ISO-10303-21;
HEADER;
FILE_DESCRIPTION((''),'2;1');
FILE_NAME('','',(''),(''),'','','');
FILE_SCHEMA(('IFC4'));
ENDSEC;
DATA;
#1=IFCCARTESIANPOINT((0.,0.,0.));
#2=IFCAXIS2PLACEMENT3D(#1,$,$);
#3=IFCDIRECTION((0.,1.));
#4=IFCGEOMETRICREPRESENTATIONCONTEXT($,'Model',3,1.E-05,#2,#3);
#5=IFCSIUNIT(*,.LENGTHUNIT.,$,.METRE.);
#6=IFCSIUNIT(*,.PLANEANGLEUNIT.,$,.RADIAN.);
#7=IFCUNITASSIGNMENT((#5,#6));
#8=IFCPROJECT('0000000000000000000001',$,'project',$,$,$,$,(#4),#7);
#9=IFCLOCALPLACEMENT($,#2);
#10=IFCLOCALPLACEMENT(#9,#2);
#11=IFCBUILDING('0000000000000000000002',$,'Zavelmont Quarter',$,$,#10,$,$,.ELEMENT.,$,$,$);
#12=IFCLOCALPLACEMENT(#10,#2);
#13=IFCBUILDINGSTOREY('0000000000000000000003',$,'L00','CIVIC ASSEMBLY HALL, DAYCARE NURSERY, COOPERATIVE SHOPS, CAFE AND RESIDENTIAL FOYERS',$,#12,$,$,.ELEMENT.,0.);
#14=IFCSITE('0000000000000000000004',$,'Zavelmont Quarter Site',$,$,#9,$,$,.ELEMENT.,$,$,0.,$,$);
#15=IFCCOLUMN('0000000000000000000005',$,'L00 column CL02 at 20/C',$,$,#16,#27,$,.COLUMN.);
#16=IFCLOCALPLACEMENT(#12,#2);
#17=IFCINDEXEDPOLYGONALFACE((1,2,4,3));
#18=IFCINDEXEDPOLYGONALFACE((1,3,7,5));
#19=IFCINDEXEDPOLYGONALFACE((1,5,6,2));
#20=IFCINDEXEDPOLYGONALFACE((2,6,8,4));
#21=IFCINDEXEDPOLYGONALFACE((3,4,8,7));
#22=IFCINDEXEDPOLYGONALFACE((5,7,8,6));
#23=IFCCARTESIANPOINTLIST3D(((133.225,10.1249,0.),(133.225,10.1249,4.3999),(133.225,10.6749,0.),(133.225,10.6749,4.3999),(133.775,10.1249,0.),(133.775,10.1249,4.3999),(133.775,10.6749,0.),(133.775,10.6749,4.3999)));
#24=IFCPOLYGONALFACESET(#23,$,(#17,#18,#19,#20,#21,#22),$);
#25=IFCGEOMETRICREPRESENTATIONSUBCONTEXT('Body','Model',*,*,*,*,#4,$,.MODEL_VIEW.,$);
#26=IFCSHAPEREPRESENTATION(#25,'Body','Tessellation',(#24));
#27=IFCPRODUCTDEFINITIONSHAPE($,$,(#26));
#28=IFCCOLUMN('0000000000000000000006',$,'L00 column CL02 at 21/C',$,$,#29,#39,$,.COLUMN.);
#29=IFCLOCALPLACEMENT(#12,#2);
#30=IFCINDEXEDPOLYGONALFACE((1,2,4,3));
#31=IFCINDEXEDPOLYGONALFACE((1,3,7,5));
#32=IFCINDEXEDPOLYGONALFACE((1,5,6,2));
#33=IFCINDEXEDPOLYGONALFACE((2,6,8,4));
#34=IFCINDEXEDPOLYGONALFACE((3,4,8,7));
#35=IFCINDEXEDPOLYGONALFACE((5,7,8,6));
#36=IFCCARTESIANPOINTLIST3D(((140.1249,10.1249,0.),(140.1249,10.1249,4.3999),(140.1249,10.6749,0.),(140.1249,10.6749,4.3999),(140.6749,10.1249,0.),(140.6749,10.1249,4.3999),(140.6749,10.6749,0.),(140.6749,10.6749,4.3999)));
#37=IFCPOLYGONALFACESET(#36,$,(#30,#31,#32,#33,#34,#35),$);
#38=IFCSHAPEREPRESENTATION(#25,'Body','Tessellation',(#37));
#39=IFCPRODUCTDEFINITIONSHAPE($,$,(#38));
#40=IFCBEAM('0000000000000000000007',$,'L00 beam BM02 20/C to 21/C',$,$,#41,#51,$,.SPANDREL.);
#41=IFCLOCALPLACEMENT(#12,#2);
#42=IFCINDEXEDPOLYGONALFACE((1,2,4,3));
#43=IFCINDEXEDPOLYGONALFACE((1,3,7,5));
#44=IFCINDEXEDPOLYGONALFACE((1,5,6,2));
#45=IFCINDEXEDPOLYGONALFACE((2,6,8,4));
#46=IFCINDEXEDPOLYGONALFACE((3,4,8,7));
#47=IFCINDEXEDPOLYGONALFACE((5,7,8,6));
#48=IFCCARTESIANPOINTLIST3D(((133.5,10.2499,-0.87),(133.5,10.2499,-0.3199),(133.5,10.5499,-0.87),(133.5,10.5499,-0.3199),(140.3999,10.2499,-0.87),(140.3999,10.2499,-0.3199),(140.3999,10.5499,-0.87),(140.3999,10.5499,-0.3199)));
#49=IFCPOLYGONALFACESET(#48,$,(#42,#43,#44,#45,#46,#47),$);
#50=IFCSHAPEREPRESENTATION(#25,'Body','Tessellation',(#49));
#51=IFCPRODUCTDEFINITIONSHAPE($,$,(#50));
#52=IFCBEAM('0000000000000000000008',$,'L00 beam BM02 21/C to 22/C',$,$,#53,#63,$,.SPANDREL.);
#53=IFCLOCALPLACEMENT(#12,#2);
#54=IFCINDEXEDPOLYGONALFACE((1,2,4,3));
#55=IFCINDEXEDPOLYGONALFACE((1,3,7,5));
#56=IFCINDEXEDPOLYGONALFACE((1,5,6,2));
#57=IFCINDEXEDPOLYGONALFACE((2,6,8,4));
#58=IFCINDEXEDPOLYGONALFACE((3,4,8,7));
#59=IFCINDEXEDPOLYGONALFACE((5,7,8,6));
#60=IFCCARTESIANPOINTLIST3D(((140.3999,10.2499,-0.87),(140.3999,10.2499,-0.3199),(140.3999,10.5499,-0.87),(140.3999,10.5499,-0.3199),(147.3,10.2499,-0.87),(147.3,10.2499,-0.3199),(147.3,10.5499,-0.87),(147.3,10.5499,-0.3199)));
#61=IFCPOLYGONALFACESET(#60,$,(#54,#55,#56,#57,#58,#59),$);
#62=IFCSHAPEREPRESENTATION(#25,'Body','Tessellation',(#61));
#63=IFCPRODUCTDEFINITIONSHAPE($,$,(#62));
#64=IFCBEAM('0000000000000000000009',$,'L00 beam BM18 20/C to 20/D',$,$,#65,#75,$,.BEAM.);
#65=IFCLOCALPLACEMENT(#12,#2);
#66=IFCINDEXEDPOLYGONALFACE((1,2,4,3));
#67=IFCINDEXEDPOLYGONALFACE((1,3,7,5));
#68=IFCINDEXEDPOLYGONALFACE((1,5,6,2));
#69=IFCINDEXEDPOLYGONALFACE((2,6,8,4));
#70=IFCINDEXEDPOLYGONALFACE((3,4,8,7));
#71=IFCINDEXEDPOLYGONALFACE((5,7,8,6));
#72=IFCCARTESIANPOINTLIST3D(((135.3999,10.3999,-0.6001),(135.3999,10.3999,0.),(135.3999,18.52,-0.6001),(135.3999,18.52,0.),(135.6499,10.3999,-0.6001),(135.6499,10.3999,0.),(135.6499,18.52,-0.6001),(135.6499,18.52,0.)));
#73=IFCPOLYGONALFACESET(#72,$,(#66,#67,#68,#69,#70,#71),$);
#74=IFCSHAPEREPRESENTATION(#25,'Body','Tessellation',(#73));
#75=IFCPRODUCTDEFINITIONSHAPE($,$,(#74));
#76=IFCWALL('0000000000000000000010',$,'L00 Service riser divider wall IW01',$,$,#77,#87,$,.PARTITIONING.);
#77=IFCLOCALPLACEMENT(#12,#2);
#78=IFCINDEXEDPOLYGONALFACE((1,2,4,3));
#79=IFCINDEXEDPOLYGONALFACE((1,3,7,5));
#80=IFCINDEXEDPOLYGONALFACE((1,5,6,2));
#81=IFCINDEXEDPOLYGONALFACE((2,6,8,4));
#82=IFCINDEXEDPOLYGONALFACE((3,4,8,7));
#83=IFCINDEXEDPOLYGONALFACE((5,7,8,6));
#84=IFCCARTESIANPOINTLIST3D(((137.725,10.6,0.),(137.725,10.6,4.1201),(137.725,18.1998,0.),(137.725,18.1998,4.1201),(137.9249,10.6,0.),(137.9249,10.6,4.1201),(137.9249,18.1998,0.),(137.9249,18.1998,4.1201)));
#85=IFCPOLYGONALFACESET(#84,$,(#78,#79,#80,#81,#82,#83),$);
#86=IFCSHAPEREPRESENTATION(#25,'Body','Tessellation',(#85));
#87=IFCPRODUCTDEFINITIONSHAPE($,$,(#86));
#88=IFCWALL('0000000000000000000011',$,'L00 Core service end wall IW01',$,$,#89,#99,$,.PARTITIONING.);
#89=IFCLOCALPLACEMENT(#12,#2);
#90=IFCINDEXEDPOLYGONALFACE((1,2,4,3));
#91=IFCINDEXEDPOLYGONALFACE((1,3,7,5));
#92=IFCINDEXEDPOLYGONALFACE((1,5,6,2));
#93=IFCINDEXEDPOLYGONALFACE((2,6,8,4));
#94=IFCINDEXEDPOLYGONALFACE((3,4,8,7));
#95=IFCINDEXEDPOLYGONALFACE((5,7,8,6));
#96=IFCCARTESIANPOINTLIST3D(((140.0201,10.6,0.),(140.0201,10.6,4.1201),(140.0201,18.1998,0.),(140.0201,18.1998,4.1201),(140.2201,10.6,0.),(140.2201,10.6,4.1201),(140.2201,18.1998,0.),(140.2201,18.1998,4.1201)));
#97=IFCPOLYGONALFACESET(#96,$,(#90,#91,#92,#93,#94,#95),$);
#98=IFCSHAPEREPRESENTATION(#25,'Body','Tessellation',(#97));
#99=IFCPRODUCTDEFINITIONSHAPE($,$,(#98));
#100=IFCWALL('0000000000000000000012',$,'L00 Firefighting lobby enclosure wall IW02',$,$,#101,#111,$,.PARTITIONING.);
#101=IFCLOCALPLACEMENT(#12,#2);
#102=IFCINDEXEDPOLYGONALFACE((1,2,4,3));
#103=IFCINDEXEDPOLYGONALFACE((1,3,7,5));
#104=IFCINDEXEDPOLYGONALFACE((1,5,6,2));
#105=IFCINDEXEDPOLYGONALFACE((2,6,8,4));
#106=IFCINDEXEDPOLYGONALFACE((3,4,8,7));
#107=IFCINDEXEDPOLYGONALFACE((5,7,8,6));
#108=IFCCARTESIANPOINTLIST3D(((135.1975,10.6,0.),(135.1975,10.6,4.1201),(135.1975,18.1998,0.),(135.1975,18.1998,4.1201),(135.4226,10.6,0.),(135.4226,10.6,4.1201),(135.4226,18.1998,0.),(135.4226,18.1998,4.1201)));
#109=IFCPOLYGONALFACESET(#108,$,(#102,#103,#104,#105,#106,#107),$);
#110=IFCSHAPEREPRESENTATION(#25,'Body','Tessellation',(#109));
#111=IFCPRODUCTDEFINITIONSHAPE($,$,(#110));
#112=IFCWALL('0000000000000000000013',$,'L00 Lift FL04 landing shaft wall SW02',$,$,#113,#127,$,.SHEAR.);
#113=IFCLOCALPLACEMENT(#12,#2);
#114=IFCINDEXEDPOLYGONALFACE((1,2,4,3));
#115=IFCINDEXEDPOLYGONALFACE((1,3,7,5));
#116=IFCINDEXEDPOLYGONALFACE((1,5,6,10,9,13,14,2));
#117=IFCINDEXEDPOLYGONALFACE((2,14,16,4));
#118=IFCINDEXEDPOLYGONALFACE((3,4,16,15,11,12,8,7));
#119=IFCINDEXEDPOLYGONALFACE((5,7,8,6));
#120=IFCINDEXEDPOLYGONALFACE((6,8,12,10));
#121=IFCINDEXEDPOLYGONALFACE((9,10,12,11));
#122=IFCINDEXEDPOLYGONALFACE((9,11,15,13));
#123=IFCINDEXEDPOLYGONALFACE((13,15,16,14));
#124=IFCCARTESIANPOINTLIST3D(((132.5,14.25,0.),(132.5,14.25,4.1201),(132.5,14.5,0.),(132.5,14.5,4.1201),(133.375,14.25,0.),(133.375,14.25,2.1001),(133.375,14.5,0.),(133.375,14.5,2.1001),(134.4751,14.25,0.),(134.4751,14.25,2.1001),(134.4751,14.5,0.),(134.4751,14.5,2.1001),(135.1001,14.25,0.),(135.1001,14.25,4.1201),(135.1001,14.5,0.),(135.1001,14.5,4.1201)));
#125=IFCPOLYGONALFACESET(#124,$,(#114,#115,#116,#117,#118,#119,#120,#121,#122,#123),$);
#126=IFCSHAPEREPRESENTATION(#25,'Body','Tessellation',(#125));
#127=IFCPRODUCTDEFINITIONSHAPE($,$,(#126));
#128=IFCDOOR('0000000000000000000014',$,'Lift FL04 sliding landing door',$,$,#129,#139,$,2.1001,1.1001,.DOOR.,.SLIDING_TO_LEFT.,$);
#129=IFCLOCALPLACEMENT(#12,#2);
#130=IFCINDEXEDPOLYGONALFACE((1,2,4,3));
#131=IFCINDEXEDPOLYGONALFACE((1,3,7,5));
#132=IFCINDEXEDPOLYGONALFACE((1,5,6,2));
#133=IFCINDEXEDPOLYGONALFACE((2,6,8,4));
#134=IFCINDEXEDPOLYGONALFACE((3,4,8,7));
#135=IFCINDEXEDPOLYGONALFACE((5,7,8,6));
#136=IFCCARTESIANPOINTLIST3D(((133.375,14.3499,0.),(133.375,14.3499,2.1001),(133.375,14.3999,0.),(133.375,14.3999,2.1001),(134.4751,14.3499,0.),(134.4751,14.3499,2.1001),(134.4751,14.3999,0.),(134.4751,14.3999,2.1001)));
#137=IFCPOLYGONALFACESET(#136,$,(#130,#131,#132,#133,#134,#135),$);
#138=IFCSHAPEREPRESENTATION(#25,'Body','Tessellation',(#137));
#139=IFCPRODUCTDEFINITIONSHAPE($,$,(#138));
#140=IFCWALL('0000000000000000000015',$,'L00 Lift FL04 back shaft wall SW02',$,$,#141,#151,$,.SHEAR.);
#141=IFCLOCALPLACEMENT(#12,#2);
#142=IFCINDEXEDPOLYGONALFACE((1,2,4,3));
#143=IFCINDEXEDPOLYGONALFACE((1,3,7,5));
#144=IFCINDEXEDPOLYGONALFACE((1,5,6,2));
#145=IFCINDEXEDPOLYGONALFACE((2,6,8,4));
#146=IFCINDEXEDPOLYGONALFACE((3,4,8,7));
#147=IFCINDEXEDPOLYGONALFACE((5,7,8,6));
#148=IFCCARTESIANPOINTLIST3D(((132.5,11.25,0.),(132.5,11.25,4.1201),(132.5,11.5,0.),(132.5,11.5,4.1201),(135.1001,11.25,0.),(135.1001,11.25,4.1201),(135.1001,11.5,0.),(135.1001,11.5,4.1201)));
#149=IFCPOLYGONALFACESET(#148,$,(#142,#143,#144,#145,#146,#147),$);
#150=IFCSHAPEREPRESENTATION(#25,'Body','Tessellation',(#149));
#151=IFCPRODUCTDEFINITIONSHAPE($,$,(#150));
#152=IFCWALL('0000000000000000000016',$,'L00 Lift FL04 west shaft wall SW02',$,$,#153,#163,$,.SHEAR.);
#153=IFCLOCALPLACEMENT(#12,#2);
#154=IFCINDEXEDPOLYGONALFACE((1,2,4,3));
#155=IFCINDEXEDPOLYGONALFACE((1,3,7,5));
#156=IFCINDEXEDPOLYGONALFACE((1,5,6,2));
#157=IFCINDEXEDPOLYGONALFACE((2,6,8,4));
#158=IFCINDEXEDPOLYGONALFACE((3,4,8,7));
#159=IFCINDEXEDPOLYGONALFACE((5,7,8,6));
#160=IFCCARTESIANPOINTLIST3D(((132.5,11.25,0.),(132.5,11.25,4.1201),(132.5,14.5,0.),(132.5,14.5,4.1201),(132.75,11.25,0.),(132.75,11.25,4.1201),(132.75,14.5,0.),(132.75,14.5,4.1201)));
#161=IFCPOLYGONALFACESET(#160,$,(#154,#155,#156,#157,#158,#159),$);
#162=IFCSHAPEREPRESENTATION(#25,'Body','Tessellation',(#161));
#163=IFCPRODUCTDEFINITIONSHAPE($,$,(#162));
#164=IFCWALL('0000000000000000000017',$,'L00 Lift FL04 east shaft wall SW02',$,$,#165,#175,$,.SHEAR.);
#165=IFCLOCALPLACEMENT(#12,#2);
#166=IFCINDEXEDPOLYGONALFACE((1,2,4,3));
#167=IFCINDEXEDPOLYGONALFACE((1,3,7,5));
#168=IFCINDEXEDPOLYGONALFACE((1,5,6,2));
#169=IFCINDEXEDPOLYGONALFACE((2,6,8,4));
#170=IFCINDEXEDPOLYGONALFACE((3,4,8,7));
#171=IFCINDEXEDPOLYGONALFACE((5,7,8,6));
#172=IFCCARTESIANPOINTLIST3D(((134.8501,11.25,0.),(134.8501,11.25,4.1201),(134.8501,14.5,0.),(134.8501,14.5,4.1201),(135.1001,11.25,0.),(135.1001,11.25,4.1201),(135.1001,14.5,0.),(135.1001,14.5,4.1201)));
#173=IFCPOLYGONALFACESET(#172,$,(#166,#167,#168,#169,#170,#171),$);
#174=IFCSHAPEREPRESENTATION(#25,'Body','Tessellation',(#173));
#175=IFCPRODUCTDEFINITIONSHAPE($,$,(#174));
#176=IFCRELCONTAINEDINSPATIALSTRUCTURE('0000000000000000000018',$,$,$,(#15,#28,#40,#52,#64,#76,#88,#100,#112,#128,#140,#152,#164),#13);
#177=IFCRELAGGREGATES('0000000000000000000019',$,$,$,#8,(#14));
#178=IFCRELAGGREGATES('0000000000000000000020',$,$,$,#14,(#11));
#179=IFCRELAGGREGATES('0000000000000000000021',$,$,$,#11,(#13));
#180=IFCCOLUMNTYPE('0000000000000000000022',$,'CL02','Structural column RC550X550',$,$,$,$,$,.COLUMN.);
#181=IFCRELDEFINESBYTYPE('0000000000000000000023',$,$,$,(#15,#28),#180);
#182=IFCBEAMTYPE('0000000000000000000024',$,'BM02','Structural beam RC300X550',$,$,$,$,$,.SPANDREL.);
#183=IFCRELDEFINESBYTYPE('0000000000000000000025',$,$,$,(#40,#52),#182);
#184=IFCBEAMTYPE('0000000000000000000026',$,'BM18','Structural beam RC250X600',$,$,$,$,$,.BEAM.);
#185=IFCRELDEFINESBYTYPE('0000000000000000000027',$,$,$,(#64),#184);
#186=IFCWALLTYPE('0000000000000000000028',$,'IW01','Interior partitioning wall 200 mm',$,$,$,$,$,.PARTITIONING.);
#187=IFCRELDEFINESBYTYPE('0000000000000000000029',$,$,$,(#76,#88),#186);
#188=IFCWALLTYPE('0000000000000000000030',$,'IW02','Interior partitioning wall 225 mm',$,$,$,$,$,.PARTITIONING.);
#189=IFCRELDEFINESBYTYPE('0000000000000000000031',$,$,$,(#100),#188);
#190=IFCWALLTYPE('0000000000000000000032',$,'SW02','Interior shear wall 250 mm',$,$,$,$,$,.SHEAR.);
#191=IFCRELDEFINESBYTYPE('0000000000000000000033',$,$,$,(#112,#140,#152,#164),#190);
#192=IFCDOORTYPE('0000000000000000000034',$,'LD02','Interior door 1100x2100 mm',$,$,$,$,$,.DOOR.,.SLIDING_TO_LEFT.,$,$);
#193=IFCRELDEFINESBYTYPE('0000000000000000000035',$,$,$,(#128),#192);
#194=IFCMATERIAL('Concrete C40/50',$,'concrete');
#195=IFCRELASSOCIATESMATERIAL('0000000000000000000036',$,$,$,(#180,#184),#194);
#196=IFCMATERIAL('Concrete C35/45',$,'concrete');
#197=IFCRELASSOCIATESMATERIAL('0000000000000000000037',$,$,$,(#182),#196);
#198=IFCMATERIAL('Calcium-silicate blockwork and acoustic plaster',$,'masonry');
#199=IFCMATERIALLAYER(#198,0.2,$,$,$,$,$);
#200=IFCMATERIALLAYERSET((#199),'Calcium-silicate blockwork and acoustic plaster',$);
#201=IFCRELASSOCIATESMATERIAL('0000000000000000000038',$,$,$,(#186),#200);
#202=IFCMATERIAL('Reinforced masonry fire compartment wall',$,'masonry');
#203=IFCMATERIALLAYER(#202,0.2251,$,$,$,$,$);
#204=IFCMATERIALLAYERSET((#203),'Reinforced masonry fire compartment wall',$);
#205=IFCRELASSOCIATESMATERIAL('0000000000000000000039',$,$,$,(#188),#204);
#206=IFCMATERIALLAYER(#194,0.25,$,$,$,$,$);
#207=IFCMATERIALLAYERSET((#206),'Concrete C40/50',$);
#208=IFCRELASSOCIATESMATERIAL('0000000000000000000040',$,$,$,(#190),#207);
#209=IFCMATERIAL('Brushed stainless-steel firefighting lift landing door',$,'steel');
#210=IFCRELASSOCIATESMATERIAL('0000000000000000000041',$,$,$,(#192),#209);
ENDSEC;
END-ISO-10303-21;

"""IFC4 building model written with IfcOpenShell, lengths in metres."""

from ifc_helpers import new_model, si_unit, direction, frame, frame_2d, origin, origin_with_axes, origin_2d, place, context, subcontext, project, spatial, rectangle, extrude, material, layer, layer_set, material_profile, profile_set, type_object, element, fill, save


model = new_model("IFC4")

# Units and contexts
model_context = context("Model", 3, precision=1e-05, world=origin(), true_north=direction((0.0, 1.0)))
body_context = subcontext(model_context, "Body", "Model", "MODEL_VIEW")
ifc_project = project(units=[si_unit("LENGTHUNIT", "METRE"), si_unit("PLANEANGLEUNIT", "RADIAN")], contexts=[model_context])

# Site, building, storey
site_placement = place(None, origin())
site = spatial("IfcSite", under=ifc_project, at=site_placement, Name="Zavelmont Quarter Site", CompositionType="ELEMENT", RefElevation=0.0)
building_placement = place(site_placement, origin())
building = spatial("IfcBuilding", under=site, at=building_placement, Name="Zavelmont Quarter", CompositionType="ELEMENT")
storey_placement = place(building_placement, origin())
storey = spatial("IfcBuildingStorey", under=building, at=storey_placement, Name="L00", Description="CIVIC ASSEMBLY HALL, DAYCARE NURSERY, COOPERATIVE SHOPS, CAFE AND RESIDENTIAL FOYERS", CompositionType="ELEMENT", Elevation=0.0)

# Columns
ifc_material_1 = material(Name="Concrete C40/50", Category="concrete")
ifc_material_profile_1 = material_profile(ifc_material_1, rectangle(XDim=0.55, YDim=0.55, at=origin_2d()), Name="RC550X550")
ifc_profile_set_1 = profile_set([ifc_material_profile_1], Name="Concrete C40/50")
column_type = type_object("IfcColumnType", Name="CL02", Description="Structural column RC550X550", PredefinedType="COLUMN", material=ifc_profile_set_1)
for number, where, z_axis, x_axis, name in (
    (1, (133.5, 10.3999, 0.0), (0.0, 0.0, 1.0), (1.0, 0.0, 0.0), "L00 column CL02 at 20/C"),
    (2, (140.3999, 10.3999, 0.0), (0.0, 0.0, 1.0), (1.0, 0.0, 0.0), "L00 column CL02 at 21/C"),
):
    element("IfcColumn", number, at=place(storey_placement, frame(where, z_axis=z_axis, x_axis=x_axis)), inside=storey, type_object=column_type, Name=name, PredefinedType="COLUMN", context=body_context, shape_type="SweptSolid", body=[
        extrude(rectangle(XDim=0.55, YDim=0.55, at=origin_2d()), origin(), (0.0, 0.0, 1.0), 4.3999),
    ])

# Beams
ifc_material_2 = material(Name="Concrete C35/45", Category="concrete")
ifc_material_profile_2 = material_profile(ifc_material_2, rectangle(XDim=0.3, YDim=0.55, at=origin_2d()), Name="RC300X550")
ifc_profile_set_2 = profile_set([ifc_material_profile_2], Name="Concrete C35/45")
beam_type_1 = type_object("IfcBeamType", Name="BM02", Description="Structural beam RC300X550", PredefinedType="SPANDREL", material=ifc_profile_set_2)
beam_1_placement = place(storey_placement, frame((133.5, 10.3999, -0.595), z_axis=(1.0, 0.0, 0.0), x_axis=(0.0, 1.0, 0.0)))
element("IfcBeam", 3, at=beam_1_placement, inside=storey, type_object=beam_type_1, Name="L00 beam BM02 20/C to 21/C", PredefinedType="SPANDREL", context=body_context, shape_type="SweptSolid", body=[
    extrude(rectangle(XDim=0.3, YDim=0.55, at=origin_2d()), origin(), (0.0, 0.0, 1.0), 6.8999),
])
beam_2_placement = place(storey_placement, frame((140.3999, 10.3999, -0.595), z_axis=(1.0, 0.0, 0.0), x_axis=(0.0, 1.0, 0.0)))
element("IfcBeam", 4, at=beam_2_placement, inside=storey, type_object=beam_type_1, Name="L00 beam BM02 21/C to 22/C", PredefinedType="SPANDREL", context=body_context, shape_type="SweptSolid", body=[
    extrude(rectangle(XDim=0.3, YDim=0.55, at=origin_2d()), origin(), (0.0, 0.0, 1.0), 6.9001),
])
ifc_material_profile_3 = material_profile(ifc_material_1, rectangle(XDim=0.25, YDim=0.6001, at=origin_2d()), Name="RC250X600")
ifc_profile_set_3 = profile_set([ifc_material_profile_3], Name="Concrete C40/50")
beam_type_2 = type_object("IfcBeamType", Name="BM18", Description="Structural beam RC250X600", PredefinedType="BEAM", material=ifc_profile_set_3)
beam_3_placement = place(storey_placement, frame((135.5249, 10.3999, -0.3), z_axis=(0.0, 1.0, 0.0), x_axis=(-1.0, 0.0, 0.0)))
element("IfcBeam", 5, at=beam_3_placement, inside=storey, type_object=beam_type_2, Name="L00 beam BM18 20/C to 20/D", PredefinedType="BEAM", context=body_context, shape_type="SweptSolid", body=[
    extrude(rectangle(XDim=0.25, YDim=0.6001, at=origin_2d()), origin(), (0.0, 0.0, 1.0), 8.1201),
])

# Walls
ifc_material_3 = material(Name="Calcium-silicate blockwork and acoustic plaster", Category="masonry")
ifc_layer_1 = layer(ifc_material_3, 0.2)
ifc_layer_set_1 = layer_set([ifc_layer_1], Name="Calcium-silicate blockwork and acoustic plaster")
wall_type_1 = type_object("IfcWallType", Name="IW01", Description="Interior partitioning wall 200 mm", PredefinedType="PARTITIONING", material=ifc_layer_set_1)
for number, where, z_axis, x_axis, name in (
    (6, (137.825, 10.6001, 0.0), (0.0, 0.0, 1.0), (0.0, 1.0, 0.0), "L00 Service riser divider wall IW01"),
    (7, (140.1201, 10.6001, 0.0), (0.0, 0.0, 1.0), (0.0, 1.0, 0.0), "L00 Core service end wall IW01"),
):
    element("IfcWall", number, at=place(storey_placement, frame(where, z_axis=z_axis, x_axis=x_axis)), inside=storey, type_object=wall_type_1, Name=name, PredefinedType="PARTITIONING", context=body_context, shape_type="SweptSolid", body=[
        extrude(rectangle(XDim=7.5999, YDim=0.2, at=frame_2d((3.7998, 0.0))), origin(), (0.0, 0.0, 1.0), 4.1201),
    ])
ifc_material_4 = material(Name="Reinforced masonry fire compartment wall", Category="masonry")
ifc_layer_2 = layer(ifc_material_4, 0.2251)
ifc_layer_set_2 = layer_set([ifc_layer_2], Name="Reinforced masonry fire compartment wall")
wall_type_2 = type_object("IfcWallType", Name="IW02", Description="Interior partitioning wall 225 mm", PredefinedType="PARTITIONING", material=ifc_layer_set_2)
wall_1_placement = place(storey_placement, frame((135.3101, 10.6001, 0.0), z_axis=(0.0, 0.0, 1.0), x_axis=(0.0, 1.0, 0.0)))
element("IfcWall", 8, at=wall_1_placement, inside=storey, type_object=wall_type_2, Name="L00 Firefighting lobby enclosure wall IW02", PredefinedType="PARTITIONING", context=body_context, shape_type="SweptSolid", body=[
    extrude(rectangle(XDim=7.5999, YDim=0.2251, at=frame_2d((3.7998, 0.0))), origin(), (0.0, 0.0, 1.0), 4.1201),
])

# Wall, opening, door
ifc_layer_3 = layer(ifc_material_1, 0.25)
ifc_layer_set_3 = layer_set([ifc_layer_3], Name="Concrete C40/50")
wall_type_3 = type_object("IfcWallType", Name="SW02", Description="Interior shear wall 250 mm", PredefinedType="SHEAR", material=ifc_layer_set_3)
wall_2_placement = place(storey_placement, frame((132.5, 14.375, 0.0), z_axis=(0.0, 0.0, 1.0), x_axis=(1.0, 0.0, 0.0)))
wall_2 = element("IfcWall", 9, at=wall_2_placement, inside=storey, type_object=wall_type_3, Name="L00 Lift FL04 landing shaft wall SW02", PredefinedType="SHEAR", context=body_context, shape_type="SweptSolid", body=[
    extrude(rectangle(XDim=2.6001, YDim=0.25, at=frame_2d((1.3, 0.0))), origin(), (0.0, 0.0, 1.0), 4.1201),
])
opening_1_placement = place(wall_2_placement, frame((0.875, 0.0, 0.0)))
opening_1 = element("IfcOpeningElement", 10, at=opening_1_placement, cuts=wall_2, PredefinedType="OPENING", context=body_context, shape_type="SweptSolid", body=[
    extrude(rectangle(XDim=1.1001, YDim=2.1001, at=frame_2d((0.55, 1.05))), frame((0.0, 0.137, 0.0), z_axis=(0.0, -1.0, 0.0), x_axis=(1.0, 0.0, 0.0)), (0.0, 0.0, 1.0), 0.2739),
])
ifc_material_5 = material(Name="Brushed stainless-steel firefighting lift landing door", Category="steel")
door_type_1 = type_object("IfcDoorType", Name="LD02", Description="Interior door 1100x2100 mm", OperationType="SLIDING_TO_LEFT", PredefinedType="DOOR", material=ifc_material_5)
door_1_placement = place(opening_1_placement, origin_with_axes())
door_1 = element("IfcDoor", 11, at=door_1_placement, inside=storey, type_object=door_type_1, Name="Lift FL04 sliding landing door", OperationType="SLIDING_TO_LEFT", OverallHeight=2.1001, OverallWidth=1.1001, PredefinedType="DOOR", context=body_context, shape_type="SweptSolid", body=[
    extrude(rectangle(XDim=1.1001, YDim=2.1001, at=frame_2d((0.55, 1.05))), frame((0.0, 0.0249, 0.0), z_axis=(0.0, -1.0, 0.0), x_axis=(1.0, 0.0, 0.0)), (0.0, 0.0, 1.0), 0.05),
])
fill(opening_1, door_1)

# Walls
wall_3_placement = place(storey_placement, frame((132.5, 11.375, 0.0), z_axis=(0.0, 0.0, 1.0), x_axis=(1.0, 0.0, 0.0)))
element("IfcWall", 12, at=wall_3_placement, inside=storey, type_object=wall_type_3, Name="L00 Lift FL04 back shaft wall SW02", PredefinedType="SHEAR", context=body_context, shape_type="SweptSolid", body=[
    extrude(rectangle(XDim=2.6001, YDim=0.25, at=frame_2d((1.3, 0.0))), origin(), (0.0, 0.0, 1.0), 4.1201),
])
for number, where, z_axis, x_axis, name in (
    (13, (132.625, 11.25, 0.0), (0.0, 0.0, 1.0), (0.0, 1.0, 0.0), "L00 Lift FL04 west shaft wall SW02"),
    (14, (134.9751, 11.25, 0.0), (0.0, 0.0, 1.0), (0.0, 1.0, 0.0), "L00 Lift FL04 east shaft wall SW02"),
):
    element("IfcWall", number, at=place(storey_placement, frame(where, z_axis=z_axis, x_axis=x_axis)), inside=storey, type_object=wall_type_3, Name=name, PredefinedType="SHEAR", context=body_context, shape_type="SweptSolid", body=[
        extrude(rectangle(XDim=3.25, YDim=0.25, at=frame_2d((1.625, 0.0))), origin(), (0.0, 0.0, 1.0), 4.1201),
    ])

save(model, "model.ifc")
